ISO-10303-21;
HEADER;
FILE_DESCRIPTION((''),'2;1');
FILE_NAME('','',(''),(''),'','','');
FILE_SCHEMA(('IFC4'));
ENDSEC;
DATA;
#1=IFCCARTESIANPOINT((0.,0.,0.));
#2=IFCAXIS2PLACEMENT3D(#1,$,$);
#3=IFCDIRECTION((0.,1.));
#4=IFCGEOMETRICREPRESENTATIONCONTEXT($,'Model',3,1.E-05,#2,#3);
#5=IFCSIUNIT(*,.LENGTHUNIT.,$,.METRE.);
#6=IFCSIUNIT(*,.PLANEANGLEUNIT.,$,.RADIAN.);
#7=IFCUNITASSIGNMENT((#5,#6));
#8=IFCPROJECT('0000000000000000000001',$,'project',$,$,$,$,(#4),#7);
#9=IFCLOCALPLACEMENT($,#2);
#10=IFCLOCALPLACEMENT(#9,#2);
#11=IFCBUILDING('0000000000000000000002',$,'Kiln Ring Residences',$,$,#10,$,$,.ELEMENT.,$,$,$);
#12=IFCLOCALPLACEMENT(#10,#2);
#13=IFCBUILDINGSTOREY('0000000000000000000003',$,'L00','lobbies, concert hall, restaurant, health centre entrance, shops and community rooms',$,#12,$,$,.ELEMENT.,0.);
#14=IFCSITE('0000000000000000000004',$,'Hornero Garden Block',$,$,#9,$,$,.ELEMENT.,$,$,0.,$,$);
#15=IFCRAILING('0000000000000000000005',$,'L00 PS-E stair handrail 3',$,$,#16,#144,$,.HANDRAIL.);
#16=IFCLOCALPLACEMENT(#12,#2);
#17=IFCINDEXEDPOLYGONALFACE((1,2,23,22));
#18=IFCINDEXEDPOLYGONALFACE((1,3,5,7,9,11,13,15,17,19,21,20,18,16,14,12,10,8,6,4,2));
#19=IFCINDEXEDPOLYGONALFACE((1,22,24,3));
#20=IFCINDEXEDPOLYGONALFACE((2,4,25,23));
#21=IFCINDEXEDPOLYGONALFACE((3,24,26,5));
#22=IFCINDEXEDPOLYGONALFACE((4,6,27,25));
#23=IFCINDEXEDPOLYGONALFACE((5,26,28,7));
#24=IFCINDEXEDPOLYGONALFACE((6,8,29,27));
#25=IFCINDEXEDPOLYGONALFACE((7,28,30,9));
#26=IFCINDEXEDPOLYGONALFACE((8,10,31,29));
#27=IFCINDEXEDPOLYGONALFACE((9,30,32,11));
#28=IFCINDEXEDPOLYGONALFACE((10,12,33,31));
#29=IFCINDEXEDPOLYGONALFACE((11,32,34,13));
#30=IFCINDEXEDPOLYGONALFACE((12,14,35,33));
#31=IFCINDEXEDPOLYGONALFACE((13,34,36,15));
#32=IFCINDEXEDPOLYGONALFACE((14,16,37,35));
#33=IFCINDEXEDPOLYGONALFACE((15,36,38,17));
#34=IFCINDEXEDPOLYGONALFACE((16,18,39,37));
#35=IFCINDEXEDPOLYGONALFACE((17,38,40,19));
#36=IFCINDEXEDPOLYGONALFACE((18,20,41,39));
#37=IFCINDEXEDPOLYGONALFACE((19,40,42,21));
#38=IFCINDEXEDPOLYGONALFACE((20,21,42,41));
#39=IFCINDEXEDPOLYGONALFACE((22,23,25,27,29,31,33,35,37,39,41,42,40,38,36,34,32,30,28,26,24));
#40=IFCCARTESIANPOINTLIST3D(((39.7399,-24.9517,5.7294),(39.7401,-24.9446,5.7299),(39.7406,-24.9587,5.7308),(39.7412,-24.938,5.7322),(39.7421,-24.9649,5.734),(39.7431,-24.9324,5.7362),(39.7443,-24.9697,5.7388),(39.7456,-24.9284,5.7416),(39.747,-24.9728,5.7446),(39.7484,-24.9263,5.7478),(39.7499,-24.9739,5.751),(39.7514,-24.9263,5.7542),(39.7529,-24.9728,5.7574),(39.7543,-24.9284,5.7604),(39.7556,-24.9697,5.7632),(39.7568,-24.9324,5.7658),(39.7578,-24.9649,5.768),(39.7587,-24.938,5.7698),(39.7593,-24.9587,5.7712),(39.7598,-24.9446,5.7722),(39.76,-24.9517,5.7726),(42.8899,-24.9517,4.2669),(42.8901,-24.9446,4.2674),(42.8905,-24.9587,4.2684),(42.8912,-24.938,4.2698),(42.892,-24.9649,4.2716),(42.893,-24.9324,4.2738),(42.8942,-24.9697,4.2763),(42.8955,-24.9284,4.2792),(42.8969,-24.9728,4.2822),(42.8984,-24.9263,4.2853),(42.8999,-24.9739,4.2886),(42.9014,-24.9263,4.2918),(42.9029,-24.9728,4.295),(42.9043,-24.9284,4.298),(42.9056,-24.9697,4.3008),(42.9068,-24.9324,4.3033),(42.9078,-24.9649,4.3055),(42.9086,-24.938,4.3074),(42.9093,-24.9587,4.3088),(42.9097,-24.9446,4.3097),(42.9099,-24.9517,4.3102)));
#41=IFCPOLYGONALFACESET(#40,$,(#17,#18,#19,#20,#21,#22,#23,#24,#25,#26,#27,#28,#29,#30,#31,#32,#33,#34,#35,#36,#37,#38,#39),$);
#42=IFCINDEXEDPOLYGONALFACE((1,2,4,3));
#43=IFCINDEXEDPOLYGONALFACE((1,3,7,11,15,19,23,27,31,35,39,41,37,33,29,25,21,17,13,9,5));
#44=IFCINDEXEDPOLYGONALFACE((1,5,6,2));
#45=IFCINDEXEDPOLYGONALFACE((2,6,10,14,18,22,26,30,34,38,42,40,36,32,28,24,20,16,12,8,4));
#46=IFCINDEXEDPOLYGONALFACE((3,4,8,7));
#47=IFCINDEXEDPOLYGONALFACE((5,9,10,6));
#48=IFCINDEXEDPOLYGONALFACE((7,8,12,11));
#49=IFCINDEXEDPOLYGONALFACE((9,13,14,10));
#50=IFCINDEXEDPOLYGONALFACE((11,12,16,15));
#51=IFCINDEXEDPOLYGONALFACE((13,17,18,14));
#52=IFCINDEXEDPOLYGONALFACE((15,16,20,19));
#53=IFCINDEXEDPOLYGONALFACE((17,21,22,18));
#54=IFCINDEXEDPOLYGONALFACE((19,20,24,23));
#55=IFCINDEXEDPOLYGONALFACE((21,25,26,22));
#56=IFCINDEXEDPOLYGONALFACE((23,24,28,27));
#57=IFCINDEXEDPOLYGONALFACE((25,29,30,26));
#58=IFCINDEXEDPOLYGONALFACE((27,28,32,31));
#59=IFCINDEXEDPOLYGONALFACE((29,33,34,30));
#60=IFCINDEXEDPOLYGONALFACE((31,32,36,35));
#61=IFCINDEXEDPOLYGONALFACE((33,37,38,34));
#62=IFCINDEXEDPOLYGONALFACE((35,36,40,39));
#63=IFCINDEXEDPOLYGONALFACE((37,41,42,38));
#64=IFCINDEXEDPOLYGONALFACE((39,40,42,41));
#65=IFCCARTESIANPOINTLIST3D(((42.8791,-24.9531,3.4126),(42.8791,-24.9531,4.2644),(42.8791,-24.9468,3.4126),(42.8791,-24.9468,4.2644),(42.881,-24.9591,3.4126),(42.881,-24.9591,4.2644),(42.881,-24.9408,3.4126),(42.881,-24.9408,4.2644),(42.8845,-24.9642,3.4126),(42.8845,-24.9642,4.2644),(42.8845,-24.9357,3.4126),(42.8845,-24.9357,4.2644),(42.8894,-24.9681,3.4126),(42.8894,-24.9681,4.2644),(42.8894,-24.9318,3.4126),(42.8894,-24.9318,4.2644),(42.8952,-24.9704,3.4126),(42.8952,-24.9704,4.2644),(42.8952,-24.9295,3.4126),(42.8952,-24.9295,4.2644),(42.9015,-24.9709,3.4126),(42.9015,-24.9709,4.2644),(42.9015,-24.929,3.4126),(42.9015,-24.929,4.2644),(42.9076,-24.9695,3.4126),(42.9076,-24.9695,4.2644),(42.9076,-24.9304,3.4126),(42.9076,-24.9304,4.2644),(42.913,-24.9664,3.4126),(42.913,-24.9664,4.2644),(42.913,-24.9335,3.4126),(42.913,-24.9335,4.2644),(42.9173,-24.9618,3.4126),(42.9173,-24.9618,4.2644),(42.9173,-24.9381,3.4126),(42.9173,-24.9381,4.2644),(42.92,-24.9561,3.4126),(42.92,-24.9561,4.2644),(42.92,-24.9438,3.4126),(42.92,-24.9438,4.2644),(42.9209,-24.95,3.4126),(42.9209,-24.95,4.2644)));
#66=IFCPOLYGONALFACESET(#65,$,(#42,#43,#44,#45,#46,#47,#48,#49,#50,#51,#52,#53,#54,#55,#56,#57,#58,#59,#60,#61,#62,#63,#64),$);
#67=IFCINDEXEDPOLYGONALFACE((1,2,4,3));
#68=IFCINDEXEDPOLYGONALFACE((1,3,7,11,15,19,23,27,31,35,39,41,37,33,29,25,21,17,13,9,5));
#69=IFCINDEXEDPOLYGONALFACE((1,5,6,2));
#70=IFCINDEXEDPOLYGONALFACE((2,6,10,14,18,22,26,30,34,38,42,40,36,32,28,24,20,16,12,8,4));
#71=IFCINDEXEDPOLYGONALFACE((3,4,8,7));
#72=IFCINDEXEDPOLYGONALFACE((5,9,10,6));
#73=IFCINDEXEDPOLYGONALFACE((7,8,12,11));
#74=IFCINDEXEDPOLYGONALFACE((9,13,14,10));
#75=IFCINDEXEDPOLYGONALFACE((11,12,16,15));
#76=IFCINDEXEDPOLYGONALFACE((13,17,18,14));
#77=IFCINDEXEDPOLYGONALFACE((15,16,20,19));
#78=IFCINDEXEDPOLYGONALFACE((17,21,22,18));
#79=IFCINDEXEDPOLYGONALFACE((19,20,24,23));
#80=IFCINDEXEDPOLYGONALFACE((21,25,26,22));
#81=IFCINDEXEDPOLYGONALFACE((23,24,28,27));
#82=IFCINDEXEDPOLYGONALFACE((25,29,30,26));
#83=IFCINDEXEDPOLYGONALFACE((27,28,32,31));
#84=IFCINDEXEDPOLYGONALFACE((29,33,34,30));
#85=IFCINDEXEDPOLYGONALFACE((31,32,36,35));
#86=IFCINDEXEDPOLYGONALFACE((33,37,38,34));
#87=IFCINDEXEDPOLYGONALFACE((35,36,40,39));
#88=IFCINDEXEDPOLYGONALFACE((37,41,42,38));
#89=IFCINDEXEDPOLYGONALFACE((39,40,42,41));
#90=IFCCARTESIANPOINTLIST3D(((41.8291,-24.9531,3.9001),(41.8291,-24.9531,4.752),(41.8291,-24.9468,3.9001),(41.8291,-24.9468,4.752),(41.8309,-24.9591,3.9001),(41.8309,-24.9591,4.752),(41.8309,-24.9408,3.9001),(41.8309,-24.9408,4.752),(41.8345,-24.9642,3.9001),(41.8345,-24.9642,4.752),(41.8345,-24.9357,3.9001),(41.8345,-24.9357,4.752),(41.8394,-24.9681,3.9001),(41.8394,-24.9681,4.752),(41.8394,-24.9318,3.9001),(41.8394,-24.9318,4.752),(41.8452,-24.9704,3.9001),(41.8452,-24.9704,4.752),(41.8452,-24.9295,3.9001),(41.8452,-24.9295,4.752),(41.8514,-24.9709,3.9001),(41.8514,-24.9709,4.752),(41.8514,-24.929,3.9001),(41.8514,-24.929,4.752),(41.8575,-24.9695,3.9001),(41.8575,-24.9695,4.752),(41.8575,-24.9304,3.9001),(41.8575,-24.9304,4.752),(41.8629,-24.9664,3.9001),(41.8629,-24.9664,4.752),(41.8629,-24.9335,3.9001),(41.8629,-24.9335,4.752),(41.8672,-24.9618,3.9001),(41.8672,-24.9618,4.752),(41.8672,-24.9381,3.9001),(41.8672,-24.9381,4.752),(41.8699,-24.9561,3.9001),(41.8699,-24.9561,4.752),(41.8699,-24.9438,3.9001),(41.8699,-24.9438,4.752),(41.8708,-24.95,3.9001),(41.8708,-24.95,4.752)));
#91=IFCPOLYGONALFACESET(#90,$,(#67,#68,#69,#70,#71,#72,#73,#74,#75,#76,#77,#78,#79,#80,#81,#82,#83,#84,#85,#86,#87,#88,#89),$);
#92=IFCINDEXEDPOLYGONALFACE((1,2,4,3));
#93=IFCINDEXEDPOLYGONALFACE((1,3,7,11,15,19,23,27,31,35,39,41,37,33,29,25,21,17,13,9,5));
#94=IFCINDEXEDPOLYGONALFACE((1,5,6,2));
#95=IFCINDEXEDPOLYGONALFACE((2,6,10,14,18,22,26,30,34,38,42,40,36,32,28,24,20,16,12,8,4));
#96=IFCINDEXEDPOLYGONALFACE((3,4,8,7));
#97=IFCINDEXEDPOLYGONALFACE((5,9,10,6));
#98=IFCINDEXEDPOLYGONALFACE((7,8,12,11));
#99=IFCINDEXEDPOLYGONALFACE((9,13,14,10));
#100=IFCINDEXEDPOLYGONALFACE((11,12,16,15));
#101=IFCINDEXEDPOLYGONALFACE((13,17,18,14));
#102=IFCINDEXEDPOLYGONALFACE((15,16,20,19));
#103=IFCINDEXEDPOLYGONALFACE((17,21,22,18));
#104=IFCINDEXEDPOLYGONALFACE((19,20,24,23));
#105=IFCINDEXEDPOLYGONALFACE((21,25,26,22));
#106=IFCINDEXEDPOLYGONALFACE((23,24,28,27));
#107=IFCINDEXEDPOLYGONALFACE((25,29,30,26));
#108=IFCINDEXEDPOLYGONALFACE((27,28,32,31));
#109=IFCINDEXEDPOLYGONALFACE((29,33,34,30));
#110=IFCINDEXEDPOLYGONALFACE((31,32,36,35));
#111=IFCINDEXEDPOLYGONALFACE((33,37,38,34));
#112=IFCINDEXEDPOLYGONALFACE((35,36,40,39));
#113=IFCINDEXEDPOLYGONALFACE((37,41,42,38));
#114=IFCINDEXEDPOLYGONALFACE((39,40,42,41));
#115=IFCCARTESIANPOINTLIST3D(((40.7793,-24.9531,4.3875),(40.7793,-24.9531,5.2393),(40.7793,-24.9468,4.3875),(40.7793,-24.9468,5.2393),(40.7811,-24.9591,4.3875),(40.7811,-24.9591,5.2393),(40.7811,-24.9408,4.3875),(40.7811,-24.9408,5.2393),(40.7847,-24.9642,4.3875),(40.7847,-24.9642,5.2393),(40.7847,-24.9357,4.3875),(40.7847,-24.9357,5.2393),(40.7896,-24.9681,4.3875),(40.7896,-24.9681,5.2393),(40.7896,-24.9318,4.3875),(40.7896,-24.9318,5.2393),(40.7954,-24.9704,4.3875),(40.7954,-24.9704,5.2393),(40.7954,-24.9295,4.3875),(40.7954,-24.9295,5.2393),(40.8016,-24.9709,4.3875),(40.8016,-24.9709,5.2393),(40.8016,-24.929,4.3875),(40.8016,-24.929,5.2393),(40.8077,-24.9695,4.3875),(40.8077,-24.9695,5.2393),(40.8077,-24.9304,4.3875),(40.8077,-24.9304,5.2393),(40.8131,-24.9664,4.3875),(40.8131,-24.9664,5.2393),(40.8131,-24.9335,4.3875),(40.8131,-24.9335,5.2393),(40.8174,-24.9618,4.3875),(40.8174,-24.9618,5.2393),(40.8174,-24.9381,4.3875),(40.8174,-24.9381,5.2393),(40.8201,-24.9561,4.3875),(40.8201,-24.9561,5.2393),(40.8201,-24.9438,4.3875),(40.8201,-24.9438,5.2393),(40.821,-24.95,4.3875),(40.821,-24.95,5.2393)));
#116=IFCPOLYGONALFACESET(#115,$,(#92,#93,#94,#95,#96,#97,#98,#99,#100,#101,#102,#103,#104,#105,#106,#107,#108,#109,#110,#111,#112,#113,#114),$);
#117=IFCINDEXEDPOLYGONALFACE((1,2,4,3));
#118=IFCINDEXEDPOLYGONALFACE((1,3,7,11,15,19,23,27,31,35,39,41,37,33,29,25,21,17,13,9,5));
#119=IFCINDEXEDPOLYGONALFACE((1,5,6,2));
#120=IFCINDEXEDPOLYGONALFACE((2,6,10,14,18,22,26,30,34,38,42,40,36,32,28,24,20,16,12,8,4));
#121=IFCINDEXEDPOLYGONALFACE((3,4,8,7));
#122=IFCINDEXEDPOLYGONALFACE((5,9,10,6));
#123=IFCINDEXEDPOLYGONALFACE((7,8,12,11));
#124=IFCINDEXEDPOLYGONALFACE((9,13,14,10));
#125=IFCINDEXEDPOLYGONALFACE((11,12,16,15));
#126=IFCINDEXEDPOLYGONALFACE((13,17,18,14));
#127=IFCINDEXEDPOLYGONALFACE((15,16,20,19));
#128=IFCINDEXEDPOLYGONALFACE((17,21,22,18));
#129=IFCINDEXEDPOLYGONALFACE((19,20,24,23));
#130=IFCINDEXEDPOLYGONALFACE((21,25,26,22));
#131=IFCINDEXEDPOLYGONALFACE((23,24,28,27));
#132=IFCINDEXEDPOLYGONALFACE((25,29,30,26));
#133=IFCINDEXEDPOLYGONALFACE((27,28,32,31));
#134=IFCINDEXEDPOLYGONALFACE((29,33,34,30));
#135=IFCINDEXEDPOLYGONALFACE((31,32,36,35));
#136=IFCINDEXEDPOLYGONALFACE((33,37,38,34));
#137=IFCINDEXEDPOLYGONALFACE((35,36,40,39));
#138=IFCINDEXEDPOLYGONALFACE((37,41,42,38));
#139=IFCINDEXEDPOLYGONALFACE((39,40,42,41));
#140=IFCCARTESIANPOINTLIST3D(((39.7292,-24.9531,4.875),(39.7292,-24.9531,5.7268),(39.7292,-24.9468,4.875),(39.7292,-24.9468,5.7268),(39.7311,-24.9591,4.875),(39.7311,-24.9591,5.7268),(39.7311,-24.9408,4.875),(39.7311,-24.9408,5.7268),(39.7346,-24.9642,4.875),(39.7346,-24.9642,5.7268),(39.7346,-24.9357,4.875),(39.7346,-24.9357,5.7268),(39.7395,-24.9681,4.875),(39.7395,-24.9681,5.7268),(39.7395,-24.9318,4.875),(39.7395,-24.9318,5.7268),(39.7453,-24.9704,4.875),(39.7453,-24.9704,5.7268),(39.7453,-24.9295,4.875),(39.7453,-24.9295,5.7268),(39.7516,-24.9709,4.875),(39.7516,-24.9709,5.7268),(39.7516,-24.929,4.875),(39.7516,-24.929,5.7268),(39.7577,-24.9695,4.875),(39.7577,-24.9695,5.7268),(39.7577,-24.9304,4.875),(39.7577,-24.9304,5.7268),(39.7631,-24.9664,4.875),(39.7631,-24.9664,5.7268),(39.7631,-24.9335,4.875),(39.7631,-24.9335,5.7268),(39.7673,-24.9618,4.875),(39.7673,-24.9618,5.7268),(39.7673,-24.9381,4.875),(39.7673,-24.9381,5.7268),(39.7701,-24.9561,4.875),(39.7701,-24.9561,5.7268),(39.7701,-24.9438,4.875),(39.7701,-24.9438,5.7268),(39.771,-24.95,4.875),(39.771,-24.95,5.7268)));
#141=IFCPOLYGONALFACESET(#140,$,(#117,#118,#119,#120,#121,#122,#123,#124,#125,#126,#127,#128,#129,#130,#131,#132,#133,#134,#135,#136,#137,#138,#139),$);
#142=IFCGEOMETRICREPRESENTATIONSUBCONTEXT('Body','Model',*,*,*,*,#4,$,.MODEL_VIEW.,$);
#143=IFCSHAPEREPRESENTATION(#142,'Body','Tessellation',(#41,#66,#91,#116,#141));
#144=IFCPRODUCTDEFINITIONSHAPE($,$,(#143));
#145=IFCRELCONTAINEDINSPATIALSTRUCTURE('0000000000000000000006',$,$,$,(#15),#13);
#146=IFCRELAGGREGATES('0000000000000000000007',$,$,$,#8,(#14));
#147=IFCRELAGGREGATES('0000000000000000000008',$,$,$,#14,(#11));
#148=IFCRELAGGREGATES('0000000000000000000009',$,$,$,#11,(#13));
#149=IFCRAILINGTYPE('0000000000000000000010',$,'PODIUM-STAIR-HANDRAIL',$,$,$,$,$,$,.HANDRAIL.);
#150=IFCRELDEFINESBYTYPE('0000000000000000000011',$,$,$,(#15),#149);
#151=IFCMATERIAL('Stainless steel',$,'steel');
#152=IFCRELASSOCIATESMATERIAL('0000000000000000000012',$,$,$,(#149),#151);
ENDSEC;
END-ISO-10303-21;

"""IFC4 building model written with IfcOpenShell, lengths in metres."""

from ifc_helpers import new_model, si_unit, direction, frame, origin, origin_2d, place, context, subcontext, project, spatial, circle, extrude, material, type_object, element, save


model = new_model("IFC4")

# Units and contexts
model_context = context("Model", 3, precision=1e-05, world=origin(), true_north=direction((0.0, 1.0)))
body_context = subcontext(model_context, "Body", "Model", "MODEL_VIEW")
ifc_project = project(units=[si_unit("LENGTHUNIT", "METRE"), si_unit("PLANEANGLEUNIT", "RADIAN")], contexts=[model_context])

# Site, building, storey
site_placement = place(None, origin())
site = spatial("IfcSite", under=ifc_project, at=site_placement, Name="Hornero Garden Block", CompositionType="ELEMENT", RefElevation=0.0)
building_placement = place(site_placement, origin())
building = spatial("IfcBuilding", under=site, at=building_placement, Name="Kiln Ring Residences", CompositionType="ELEMENT")
storey_placement = place(building_placement, origin())
storey = spatial("IfcBuildingStorey", under=building, at=storey_placement, Name="L00", Description="lobbies, concert hall, restaurant, health centre entrance, shops and community rooms", CompositionType="ELEMENT", Elevation=0.0)

# Railing
ifc_material_1 = material(Name="Stainless steel", Category="steel")
railing_type_1 = type_object("IfcRailingType", Name="PODIUM-STAIR-HANDRAIL", PredefinedType="HANDRAIL", material=ifc_material_1)
for number, where, name in (
    (1, (42.8999, -24.95, 3.4126), "L00 PS-E stair handrail 3"),
):
    element("IfcRailing", number, at=place(storey_placement, frame(where)), inside=storey, type_object=railing_type_1, Name=name, PredefinedType="HANDRAIL", context=body_context, shape_type="SweptSolid", body=[
        extrude(circle(Radius=0.0239, at=origin_2d()), frame((0.0, 0.0, 0.876), z_axis=(-0.907015, 0.0, 0.421099), x_axis=(0.0, -1.0, 0.0)), (0.0, 0.0, 1.0), 3.4729),
        extrude(circle(Radius=0.021, at=origin_2d()), origin(), (0.0, 0.0, 1.0), 0.8518),
        extrude(circle(Radius=0.021, at=origin_2d()), frame((-1.05, 0.0, 0.4875)), (0.0, 0.0, 1.0), 0.8518),
        extrude(circle(Radius=0.021, at=origin_2d()), frame((-2.0999, 0.0, 0.9749)), (0.0, 0.0, 1.0), 0.8518),
        extrude(circle(Radius=0.021, at=origin_2d()), frame((-3.1499, 0.0, 1.4624)), (0.0, 0.0, 1.0), 0.8518),
    ])

save(model, "model.ifc")
